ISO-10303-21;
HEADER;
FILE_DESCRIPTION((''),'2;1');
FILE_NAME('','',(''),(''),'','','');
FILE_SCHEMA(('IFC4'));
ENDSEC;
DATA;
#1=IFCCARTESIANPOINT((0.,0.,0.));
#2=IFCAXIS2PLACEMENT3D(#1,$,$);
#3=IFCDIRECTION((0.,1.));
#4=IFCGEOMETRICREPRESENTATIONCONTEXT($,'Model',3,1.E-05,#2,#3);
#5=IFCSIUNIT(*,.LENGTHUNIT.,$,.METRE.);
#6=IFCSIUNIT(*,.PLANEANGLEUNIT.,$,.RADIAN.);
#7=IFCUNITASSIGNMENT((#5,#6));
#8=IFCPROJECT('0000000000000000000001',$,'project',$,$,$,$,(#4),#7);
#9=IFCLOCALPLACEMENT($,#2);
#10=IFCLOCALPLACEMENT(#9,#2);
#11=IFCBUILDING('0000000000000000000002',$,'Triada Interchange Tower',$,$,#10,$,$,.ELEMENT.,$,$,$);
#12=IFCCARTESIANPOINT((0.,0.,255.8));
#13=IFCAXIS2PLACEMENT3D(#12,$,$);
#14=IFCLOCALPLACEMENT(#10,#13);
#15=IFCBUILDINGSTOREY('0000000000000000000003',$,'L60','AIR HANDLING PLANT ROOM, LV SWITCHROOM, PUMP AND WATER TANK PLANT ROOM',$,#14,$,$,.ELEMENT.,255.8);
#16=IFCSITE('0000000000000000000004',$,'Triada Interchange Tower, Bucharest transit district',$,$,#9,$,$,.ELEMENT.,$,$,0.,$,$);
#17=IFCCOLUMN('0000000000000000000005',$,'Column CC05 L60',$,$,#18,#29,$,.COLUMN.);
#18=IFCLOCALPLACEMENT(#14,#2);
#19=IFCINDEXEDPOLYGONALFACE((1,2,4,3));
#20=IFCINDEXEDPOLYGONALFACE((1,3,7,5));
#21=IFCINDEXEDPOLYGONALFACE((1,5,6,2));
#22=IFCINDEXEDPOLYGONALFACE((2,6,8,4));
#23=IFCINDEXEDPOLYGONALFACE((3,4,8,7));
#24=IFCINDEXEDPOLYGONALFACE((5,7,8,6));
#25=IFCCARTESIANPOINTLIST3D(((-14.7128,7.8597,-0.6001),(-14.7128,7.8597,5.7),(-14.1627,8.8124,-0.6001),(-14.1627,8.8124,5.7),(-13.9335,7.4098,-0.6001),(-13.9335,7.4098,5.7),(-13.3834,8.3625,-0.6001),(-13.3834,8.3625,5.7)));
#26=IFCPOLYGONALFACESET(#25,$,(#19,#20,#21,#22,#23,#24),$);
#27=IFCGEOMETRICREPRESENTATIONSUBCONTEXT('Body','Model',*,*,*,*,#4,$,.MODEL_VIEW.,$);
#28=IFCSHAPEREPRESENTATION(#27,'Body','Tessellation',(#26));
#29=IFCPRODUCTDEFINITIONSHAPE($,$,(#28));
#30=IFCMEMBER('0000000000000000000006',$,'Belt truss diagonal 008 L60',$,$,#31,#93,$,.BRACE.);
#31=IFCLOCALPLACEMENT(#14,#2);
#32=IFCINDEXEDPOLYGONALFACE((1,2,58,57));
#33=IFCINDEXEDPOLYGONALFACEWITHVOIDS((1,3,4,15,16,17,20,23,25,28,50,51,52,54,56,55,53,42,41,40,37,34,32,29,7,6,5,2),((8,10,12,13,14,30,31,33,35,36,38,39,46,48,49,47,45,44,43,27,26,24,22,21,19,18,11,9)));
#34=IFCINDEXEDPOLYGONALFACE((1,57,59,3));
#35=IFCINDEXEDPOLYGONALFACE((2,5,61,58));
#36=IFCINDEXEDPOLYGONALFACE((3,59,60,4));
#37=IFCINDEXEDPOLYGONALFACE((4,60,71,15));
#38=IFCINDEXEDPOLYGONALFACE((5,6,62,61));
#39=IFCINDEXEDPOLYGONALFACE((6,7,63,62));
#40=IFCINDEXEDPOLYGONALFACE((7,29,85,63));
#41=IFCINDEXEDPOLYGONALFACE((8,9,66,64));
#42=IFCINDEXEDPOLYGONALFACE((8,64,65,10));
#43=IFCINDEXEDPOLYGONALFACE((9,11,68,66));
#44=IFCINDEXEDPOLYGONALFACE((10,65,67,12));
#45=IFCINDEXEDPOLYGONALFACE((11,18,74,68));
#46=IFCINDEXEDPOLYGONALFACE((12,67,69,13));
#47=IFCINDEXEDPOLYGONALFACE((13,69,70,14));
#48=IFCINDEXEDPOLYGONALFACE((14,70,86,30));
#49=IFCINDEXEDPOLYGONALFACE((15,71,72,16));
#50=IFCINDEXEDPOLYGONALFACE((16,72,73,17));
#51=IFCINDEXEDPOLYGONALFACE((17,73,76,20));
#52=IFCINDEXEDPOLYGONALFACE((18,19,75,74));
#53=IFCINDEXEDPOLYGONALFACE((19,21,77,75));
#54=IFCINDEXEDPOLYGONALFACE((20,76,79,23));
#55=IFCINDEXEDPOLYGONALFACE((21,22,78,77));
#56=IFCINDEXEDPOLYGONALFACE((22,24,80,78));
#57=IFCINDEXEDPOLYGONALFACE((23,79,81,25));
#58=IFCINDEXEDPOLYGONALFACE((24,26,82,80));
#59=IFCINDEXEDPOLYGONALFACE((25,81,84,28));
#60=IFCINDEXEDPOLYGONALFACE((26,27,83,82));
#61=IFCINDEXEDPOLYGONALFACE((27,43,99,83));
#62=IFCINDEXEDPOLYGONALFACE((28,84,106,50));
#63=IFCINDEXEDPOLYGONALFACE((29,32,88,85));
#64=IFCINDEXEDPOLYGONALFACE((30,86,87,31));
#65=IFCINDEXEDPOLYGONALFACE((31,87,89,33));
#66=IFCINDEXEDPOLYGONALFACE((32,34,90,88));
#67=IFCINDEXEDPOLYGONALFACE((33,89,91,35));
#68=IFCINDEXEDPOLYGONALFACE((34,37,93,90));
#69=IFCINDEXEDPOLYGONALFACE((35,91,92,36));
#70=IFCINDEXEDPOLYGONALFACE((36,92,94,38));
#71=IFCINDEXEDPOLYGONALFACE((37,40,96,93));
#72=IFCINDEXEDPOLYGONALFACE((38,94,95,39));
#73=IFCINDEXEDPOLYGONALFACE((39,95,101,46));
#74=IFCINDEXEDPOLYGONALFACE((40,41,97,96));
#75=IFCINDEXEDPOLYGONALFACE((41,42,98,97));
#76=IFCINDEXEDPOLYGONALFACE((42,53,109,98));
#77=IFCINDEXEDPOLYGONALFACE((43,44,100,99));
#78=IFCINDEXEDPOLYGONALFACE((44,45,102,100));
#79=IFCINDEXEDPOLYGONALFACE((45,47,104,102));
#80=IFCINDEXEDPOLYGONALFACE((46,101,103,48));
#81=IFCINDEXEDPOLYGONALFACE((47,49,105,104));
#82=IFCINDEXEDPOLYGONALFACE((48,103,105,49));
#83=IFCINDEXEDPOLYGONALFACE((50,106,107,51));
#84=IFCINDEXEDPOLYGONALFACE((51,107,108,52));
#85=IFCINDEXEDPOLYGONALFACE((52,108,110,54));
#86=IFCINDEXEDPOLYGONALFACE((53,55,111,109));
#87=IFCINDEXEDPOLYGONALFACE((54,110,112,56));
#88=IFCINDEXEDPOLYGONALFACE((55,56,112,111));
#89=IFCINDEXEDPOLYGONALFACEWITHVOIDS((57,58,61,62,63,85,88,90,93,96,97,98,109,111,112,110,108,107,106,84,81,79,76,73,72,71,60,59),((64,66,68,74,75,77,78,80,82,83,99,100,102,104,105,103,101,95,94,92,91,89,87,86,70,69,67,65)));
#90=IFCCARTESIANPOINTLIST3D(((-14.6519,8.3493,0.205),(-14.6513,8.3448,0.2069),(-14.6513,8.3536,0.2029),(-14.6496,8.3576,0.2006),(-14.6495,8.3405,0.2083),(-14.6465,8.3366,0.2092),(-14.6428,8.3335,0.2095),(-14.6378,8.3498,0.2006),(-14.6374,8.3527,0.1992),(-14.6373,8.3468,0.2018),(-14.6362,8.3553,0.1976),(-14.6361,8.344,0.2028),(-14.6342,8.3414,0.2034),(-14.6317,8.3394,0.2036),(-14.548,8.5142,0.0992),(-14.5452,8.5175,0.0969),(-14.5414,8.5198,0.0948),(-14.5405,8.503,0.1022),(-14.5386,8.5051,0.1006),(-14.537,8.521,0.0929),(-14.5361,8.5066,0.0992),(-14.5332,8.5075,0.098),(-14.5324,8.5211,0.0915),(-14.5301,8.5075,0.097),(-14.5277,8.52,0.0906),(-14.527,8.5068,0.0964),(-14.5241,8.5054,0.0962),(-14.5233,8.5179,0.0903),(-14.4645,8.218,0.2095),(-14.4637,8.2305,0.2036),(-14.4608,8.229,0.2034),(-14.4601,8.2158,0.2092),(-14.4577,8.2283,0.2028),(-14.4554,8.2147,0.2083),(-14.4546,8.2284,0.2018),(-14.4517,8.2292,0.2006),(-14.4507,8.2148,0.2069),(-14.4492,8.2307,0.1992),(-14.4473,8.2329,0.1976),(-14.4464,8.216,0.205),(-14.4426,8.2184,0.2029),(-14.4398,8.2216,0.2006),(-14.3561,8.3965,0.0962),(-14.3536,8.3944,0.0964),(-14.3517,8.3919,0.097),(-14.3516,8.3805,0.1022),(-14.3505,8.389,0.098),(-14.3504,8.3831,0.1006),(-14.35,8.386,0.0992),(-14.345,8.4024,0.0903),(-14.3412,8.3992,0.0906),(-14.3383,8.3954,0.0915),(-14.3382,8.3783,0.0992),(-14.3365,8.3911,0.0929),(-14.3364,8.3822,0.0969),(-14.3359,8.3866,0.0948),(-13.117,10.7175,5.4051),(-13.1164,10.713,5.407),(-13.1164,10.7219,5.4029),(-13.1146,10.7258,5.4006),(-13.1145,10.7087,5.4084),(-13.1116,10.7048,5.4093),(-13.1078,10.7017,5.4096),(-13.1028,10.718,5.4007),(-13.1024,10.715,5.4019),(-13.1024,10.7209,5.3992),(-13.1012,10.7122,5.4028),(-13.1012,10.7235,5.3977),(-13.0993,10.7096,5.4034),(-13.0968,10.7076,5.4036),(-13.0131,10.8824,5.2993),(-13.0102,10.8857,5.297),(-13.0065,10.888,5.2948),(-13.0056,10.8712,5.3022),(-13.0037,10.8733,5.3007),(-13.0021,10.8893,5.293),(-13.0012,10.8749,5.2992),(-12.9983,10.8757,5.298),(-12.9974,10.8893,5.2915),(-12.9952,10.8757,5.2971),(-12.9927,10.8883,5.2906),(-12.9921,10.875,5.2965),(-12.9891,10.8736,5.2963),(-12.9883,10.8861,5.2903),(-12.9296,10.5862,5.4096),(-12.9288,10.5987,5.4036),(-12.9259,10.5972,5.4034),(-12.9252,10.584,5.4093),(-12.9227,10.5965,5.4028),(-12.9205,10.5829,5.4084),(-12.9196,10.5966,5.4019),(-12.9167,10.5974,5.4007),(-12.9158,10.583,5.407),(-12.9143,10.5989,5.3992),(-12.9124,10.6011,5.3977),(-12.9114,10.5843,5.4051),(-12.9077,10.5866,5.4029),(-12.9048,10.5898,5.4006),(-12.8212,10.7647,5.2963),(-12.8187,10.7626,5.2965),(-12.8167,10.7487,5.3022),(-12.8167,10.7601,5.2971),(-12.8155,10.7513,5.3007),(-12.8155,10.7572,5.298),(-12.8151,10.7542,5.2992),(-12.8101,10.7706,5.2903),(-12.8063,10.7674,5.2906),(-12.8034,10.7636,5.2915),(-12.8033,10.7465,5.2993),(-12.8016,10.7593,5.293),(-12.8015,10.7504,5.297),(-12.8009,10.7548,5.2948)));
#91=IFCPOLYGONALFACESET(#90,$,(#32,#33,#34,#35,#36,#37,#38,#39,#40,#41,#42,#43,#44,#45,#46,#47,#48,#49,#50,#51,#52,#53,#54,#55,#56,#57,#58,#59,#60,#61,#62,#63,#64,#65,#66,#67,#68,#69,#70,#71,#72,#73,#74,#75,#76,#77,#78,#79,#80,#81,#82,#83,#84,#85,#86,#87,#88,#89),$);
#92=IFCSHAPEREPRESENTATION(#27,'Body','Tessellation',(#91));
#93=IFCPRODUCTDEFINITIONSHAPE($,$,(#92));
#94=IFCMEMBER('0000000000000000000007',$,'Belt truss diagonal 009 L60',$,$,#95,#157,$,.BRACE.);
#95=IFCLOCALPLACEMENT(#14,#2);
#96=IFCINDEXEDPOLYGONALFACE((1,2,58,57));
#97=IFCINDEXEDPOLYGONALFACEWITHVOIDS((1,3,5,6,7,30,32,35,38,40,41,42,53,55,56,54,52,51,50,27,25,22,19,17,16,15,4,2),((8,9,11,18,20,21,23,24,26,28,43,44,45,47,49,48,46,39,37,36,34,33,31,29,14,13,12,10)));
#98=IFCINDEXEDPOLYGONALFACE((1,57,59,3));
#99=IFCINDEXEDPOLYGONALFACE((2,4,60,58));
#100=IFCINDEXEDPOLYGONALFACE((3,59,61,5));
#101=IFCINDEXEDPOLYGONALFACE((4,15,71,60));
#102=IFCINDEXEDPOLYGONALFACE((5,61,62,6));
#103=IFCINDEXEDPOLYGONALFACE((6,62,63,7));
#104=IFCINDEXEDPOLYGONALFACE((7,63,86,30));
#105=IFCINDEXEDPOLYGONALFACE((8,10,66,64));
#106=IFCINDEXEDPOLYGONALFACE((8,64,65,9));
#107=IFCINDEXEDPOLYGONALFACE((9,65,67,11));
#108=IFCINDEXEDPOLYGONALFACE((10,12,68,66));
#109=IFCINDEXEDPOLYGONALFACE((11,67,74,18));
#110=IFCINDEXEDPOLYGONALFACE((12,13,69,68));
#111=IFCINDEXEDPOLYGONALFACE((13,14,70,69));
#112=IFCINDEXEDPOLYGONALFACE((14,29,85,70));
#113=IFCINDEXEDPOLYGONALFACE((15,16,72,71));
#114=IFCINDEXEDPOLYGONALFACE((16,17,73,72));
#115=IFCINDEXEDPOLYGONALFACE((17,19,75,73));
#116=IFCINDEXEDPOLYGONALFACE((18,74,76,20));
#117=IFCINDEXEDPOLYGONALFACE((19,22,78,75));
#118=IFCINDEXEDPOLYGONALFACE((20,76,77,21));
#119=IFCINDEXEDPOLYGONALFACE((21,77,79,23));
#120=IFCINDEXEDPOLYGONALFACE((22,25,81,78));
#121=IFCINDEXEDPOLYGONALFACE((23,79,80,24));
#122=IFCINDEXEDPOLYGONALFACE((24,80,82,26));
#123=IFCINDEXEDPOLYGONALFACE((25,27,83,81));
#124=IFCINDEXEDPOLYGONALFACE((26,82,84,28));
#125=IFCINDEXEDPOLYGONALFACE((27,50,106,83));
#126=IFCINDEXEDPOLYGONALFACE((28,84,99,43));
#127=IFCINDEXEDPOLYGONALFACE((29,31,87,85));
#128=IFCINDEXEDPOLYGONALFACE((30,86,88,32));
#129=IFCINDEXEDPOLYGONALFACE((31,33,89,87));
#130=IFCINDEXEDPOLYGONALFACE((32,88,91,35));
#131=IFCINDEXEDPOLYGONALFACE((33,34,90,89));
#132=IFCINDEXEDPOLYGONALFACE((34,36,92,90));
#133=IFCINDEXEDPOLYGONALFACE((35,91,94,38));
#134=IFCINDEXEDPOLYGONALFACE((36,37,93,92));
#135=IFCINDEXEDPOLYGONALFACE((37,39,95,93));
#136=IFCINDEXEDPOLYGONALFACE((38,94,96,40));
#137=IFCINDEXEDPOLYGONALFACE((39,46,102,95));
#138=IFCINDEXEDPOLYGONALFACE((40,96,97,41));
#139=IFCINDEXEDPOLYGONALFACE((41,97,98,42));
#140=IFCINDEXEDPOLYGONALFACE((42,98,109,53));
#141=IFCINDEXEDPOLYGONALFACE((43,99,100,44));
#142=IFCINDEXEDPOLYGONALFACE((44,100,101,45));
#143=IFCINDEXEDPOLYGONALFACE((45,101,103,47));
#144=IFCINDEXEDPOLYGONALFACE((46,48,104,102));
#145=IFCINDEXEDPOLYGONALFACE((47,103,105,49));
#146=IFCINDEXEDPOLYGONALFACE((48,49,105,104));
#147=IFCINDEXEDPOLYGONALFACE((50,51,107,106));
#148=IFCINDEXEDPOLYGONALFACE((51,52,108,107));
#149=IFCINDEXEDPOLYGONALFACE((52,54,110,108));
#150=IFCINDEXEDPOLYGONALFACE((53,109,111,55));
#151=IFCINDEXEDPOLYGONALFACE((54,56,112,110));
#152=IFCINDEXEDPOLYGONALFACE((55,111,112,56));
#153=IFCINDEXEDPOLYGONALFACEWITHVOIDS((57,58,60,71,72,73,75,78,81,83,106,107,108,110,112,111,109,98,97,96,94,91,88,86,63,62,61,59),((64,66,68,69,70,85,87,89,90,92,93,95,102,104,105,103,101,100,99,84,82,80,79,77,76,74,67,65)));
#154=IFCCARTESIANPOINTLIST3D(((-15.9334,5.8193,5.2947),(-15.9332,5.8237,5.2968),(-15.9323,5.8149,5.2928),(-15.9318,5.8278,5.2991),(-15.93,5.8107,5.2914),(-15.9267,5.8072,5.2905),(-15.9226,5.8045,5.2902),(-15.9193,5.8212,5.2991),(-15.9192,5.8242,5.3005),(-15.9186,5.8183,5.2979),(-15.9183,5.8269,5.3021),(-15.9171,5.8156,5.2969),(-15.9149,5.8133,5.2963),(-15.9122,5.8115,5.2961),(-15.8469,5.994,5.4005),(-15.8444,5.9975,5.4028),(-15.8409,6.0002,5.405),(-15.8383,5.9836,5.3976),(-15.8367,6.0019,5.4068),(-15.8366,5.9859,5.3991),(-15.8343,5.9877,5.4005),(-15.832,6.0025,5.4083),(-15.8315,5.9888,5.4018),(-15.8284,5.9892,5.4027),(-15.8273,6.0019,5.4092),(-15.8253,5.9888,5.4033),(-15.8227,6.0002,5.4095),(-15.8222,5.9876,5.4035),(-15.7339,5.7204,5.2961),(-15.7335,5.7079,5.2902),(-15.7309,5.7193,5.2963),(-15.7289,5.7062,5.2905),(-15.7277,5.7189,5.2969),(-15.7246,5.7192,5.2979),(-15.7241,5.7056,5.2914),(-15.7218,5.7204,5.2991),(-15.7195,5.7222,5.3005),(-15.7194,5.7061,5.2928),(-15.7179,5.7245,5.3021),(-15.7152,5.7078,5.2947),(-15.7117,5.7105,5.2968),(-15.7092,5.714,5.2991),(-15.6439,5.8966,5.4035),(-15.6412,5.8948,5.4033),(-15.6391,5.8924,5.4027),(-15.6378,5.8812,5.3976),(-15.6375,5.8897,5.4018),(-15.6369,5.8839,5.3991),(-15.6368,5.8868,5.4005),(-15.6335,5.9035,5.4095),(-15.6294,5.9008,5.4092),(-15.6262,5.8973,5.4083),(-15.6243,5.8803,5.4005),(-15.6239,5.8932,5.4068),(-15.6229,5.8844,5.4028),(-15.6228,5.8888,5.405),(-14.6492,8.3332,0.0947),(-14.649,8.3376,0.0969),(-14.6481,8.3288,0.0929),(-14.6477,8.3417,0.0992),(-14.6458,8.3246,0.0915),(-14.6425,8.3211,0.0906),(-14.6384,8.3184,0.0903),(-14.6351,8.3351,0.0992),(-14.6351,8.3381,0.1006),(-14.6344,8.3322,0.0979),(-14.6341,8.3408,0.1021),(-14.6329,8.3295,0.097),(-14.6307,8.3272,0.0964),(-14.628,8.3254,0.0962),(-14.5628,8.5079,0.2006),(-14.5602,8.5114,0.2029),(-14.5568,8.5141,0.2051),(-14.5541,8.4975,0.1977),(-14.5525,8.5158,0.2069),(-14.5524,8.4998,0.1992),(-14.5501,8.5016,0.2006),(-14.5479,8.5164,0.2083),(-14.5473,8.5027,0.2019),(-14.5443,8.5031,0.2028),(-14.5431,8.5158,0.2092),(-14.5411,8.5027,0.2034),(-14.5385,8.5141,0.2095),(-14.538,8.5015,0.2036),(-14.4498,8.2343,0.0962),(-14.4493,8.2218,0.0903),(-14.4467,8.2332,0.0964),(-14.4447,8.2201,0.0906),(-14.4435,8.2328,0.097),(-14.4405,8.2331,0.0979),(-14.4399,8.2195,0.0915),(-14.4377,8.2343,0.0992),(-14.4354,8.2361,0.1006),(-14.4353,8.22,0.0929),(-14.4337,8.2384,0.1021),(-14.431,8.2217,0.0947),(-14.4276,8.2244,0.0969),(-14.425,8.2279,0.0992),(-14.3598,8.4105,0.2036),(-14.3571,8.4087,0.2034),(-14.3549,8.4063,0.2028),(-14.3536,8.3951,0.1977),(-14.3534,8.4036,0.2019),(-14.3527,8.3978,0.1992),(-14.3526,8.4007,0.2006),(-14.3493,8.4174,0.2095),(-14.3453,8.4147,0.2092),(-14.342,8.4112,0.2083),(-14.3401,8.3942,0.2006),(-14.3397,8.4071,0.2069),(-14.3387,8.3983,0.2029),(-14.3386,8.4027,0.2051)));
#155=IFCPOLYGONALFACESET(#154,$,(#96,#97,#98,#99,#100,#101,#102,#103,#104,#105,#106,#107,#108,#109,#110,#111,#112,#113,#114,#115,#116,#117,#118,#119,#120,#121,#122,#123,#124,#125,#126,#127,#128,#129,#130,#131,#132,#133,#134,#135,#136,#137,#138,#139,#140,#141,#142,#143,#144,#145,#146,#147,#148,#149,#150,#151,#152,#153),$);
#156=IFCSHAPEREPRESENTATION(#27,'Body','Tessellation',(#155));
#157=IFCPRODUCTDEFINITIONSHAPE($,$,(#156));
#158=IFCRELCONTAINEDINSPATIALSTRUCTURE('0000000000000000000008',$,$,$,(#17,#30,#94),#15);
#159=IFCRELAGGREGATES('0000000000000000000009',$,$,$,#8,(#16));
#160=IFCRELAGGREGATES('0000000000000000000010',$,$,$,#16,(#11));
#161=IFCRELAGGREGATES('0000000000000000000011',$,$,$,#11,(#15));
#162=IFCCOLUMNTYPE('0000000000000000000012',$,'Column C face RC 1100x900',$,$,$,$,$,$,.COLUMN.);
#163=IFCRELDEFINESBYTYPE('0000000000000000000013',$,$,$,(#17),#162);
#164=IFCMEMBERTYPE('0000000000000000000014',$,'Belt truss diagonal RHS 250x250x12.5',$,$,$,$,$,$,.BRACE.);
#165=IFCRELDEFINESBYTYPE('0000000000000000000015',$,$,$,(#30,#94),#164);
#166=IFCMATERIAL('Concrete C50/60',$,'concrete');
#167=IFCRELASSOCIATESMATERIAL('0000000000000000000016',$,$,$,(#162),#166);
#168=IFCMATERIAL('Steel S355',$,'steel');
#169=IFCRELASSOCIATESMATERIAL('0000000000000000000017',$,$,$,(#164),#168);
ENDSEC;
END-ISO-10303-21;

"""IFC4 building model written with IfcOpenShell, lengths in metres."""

from ifc_helpers import new_model, si_unit, direction, frame, origin, origin_2d, place, context, subcontext, project, spatial, rectangle, hollow_rectangle, extrude, material, material_profile, profile_set, type_object, element, save


model = new_model("IFC4")

# Units and contexts
model_context = context("Model", 3, precision=1e-05, world=origin(), true_north=direction((0.0, 1.0)))
body_context = subcontext(model_context, "Body", "Model", "MODEL_VIEW")
ifc_project = project(units=[si_unit("LENGTHUNIT", "METRE"), si_unit("PLANEANGLEUNIT", "RADIAN")], contexts=[model_context])

# Site, building, storey
site_placement = place(None, origin())
site = spatial("IfcSite", under=ifc_project, at=site_placement, Name="Triada Interchange Tower, Bucharest transit district", CompositionType="ELEMENT", RefElevation=0.0)
building_placement = place(site_placement, origin())
building = spatial("IfcBuilding", under=site, at=building_placement, Name="Triada Interchange Tower", CompositionType="ELEMENT")
storey_placement = place(building_placement, frame((0.0, 0.0, 255.8)))
storey = spatial("IfcBuildingStorey", under=building, at=storey_placement, Name="L60", Description="AIR HANDLING PLANT ROOM, LV SWITCHROOM, PUMP AND WATER TANK PLANT ROOM", CompositionType="ELEMENT", Elevation=255.8)

# Column
ifc_material_1 = material(Name="Concrete C50/60", Category="concrete")
ifc_material_profile_1 = material_profile(ifc_material_1, rectangle(XDim=1.1001, YDim=0.8999, at=origin_2d()), Name="RC 1100x900")
ifc_profile_set_1 = profile_set([ifc_material_profile_1], Name="Concrete C50/60")
column_type = type_object("IfcColumnType", Name="Column C face RC 1100x900", PredefinedType="COLUMN", material=ifc_profile_set_1)
column_placement = place(storey_placement, frame((-14.0481, 8.1111, -0.6001), z_axis=(0.0, 0.0, 1.0), x_axis=(0.5, 0.866025, 0.0)))
element("IfcColumn", 1, at=column_placement, inside=storey, type_object=column_type, Name="Column CC05 L60", PredefinedType="COLUMN", context=body_context, shape_type="SweptSolid", body=[
    extrude(rectangle(XDim=1.1001, YDim=0.8999, at=origin_2d()), origin(), (0.0, 0.0, 1.0), 6.3),
])

# Members
ifc_material_2 = material(Name="Steel S355", Category="steel")
ifc_material_profile_2 = material_profile(ifc_material_2, hollow_rectangle(XDim=0.25, YDim=0.25, WallThickness=0.0125, InnerFilletRadius=0.0125, OuterFilletRadius=0.0188, at=origin_2d()), Name="RHS 250x250x12.5")
ifc_profile_set_2 = profile_set([ifc_material_profile_2], Name="Steel S355")
member_type_1 = type_object("IfcMemberType", Name="Belt truss diagonal RHS 250x250x12.5", PredefinedType="BRACE", material=ifc_profile_set_2)
member_1_placement = place(storey_placement, frame((-14.4939, 8.3679, 0.1499), z_axis=(0.259434, 0.400272, 0.878906), x_axis=(-0.839154, 0.543893, 0.0)))
element("IfcMember", 2, at=member_1_placement, inside=storey, type_object=member_type_1, Name="Belt truss diagonal 008 L60", PredefinedType="BRACE", context=body_context, shape_type="SweptSolid", body=[
    extrude(hollow_rectangle(XDim=0.25, YDim=0.25, WallThickness=0.0125, InnerFilletRadius=0.0125, OuterFilletRadius=0.0188, at=origin_2d()), origin(), (0.0, 0.0, 1.0), 5.9165),
])
member_2_placement = place(storey_placement, frame((-14.4939, 8.3679, 0.1499), z_axis=(-0.21704, -0.424878, 0.878847), x_axis=(0.890537, -0.454911, 0.0)))
element("IfcMember", 3, at=member_2_placement, inside=storey, type_object=member_type_1, Name="Belt truss diagonal 009 L60", PredefinedType="BRACE", context=body_context, shape_type="SweptSolid", body=[
    extrude(hollow_rectangle(XDim=0.25, YDim=0.25, WallThickness=0.0125, InnerFilletRadius=0.0125, OuterFilletRadius=0.0188, at=origin_2d()), origin(), (0.0, 0.0, 1.0), 5.9167),
])

save(model, "model.ifc")
